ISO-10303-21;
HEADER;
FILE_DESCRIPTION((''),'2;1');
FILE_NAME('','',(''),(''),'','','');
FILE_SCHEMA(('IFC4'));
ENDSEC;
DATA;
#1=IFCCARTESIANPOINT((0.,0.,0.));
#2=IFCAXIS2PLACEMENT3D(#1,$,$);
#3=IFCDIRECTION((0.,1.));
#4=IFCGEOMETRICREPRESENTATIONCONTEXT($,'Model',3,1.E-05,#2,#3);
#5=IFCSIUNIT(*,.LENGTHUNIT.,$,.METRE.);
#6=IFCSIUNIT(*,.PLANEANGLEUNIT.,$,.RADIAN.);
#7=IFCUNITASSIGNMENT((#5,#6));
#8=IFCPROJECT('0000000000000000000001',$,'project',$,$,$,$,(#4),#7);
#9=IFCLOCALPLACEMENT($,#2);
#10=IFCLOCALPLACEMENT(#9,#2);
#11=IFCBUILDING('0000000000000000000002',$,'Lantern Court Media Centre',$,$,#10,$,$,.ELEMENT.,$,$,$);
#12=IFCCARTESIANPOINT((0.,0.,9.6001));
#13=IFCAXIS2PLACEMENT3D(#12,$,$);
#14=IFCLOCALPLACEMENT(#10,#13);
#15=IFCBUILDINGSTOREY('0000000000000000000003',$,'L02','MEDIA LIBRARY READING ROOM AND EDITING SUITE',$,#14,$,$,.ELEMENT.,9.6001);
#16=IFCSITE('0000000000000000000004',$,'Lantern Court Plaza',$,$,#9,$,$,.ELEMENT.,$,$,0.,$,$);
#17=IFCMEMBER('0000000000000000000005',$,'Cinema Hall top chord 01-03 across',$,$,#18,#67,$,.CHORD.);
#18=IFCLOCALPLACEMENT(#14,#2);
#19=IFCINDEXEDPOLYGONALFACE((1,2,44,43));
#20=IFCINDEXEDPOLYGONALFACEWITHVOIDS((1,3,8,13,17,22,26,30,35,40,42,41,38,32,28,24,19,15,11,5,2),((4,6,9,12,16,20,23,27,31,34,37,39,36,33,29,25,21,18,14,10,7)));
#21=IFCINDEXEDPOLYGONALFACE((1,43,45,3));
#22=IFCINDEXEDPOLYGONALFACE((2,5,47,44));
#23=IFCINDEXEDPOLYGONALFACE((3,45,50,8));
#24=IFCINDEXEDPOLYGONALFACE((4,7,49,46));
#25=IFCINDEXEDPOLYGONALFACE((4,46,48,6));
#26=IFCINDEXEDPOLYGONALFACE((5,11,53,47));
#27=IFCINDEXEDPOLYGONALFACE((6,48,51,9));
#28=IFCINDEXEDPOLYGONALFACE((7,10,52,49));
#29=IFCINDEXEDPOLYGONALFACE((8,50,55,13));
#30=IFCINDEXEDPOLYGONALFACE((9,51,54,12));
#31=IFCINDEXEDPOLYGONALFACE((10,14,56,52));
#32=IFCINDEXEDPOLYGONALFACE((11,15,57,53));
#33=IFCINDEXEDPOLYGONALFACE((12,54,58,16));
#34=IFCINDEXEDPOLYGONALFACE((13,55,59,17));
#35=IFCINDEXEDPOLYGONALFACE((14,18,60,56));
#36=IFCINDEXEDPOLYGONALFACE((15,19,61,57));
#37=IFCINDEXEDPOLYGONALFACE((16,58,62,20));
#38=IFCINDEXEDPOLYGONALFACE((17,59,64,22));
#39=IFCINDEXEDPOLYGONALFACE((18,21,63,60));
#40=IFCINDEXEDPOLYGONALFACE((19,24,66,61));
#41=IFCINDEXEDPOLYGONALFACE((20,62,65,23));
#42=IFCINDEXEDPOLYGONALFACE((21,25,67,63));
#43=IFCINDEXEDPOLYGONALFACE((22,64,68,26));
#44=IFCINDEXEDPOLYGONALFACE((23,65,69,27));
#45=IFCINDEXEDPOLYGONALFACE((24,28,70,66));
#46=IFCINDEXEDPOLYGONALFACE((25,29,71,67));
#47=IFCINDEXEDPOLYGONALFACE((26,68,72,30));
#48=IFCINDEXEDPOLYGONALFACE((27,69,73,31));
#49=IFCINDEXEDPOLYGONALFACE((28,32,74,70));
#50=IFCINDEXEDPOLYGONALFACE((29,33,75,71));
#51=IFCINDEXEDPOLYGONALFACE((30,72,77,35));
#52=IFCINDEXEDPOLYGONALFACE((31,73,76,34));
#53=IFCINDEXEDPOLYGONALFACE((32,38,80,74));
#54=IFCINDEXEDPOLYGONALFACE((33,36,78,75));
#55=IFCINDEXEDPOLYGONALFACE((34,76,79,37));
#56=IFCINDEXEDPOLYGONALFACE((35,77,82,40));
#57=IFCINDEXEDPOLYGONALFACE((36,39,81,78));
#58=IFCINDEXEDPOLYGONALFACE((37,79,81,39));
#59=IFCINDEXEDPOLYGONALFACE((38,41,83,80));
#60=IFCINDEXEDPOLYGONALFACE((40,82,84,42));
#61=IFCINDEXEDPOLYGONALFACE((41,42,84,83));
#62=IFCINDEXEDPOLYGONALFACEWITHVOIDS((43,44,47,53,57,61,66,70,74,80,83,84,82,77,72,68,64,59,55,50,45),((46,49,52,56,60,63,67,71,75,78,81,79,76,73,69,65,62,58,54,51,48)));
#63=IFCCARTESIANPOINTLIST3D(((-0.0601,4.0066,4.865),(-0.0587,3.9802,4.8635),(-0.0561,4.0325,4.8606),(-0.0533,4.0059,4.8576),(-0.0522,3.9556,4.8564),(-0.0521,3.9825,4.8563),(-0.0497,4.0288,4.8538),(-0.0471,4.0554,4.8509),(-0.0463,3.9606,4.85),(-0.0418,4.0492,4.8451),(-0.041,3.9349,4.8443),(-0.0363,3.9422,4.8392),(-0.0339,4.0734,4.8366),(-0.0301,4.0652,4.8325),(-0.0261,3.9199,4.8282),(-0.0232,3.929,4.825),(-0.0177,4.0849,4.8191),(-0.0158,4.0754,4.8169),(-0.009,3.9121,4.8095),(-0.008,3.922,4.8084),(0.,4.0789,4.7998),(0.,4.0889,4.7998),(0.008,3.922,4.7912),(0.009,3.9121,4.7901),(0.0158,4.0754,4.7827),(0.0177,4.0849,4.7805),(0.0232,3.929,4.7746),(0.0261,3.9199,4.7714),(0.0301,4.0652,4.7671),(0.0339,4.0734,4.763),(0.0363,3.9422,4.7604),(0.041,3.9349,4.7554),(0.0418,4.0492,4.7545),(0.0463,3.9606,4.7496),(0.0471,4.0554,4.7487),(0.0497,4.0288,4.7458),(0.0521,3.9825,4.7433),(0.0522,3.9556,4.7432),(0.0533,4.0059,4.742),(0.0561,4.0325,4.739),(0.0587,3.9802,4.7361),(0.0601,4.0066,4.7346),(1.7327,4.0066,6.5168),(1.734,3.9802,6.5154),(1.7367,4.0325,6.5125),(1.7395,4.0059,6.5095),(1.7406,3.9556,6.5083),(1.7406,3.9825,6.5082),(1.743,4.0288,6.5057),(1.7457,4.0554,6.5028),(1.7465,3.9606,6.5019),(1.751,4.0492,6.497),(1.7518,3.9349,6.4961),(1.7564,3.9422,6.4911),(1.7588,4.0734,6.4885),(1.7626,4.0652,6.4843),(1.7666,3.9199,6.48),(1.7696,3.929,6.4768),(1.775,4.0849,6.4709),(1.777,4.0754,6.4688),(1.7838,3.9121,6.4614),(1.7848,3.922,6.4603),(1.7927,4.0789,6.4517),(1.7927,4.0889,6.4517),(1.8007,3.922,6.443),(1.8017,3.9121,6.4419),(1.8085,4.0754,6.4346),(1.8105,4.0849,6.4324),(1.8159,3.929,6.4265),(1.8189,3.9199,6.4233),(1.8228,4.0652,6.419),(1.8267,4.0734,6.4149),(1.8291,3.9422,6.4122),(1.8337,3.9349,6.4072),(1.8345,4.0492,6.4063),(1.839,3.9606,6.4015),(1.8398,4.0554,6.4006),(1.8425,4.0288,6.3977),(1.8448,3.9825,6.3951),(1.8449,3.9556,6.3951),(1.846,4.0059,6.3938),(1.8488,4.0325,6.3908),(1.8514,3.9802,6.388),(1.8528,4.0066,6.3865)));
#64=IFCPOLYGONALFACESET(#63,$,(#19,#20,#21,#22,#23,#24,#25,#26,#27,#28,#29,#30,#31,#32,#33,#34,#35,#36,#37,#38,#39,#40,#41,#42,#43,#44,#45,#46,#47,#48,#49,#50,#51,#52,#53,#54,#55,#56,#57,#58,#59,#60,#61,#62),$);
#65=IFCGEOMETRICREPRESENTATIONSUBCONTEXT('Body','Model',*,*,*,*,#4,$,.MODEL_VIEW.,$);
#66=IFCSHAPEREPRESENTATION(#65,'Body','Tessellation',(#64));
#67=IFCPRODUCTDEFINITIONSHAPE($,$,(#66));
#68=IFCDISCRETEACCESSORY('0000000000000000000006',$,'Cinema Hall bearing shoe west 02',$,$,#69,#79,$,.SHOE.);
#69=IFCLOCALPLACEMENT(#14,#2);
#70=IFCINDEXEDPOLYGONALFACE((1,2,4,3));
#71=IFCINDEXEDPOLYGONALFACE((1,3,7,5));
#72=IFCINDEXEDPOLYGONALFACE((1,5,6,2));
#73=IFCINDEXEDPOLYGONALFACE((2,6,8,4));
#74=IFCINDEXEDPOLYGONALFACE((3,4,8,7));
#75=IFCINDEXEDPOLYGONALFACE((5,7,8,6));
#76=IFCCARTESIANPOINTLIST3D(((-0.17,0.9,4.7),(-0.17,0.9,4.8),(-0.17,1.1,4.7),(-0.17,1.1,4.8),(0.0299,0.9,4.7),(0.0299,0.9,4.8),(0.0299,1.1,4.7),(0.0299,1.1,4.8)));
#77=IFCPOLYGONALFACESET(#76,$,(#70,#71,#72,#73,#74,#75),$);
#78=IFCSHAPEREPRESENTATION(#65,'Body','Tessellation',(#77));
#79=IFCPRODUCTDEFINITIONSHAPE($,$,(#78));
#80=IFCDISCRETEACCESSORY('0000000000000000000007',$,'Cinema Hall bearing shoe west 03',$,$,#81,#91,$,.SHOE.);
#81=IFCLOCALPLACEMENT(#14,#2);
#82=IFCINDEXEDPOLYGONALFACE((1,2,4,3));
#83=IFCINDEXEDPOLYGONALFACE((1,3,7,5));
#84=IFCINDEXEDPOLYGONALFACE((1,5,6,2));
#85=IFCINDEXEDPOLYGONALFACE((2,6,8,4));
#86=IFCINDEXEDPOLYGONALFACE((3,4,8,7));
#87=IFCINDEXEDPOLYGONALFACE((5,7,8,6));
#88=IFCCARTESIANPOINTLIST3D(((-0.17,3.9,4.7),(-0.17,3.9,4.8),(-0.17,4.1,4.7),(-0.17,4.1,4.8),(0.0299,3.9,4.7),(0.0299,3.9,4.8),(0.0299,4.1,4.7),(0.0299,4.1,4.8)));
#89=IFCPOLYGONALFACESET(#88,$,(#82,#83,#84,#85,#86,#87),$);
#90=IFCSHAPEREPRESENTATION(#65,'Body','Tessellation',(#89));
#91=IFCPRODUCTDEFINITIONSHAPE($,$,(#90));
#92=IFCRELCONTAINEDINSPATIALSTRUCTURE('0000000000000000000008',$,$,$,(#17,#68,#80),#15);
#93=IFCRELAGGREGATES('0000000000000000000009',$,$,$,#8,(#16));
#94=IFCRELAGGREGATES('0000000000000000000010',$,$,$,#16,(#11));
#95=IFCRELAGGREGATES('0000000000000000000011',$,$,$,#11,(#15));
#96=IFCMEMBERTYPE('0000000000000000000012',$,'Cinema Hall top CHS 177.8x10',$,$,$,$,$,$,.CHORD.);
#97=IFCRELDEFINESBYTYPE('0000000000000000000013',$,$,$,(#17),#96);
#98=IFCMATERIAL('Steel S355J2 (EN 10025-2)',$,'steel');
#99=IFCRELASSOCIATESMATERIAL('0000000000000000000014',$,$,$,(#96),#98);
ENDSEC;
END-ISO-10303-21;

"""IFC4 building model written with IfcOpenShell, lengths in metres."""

from ifc_helpers import new_model, si_unit, direction, frame, origin, origin_2d, place, context, subcontext, project, spatial, rectangle, hollow_circle, extrude, material, material_profile, profile_set, type_object, element, save


model = new_model("IFC4")

# Units and contexts
model_context = context("Model", 3, precision=1e-05, world=origin(), true_north=direction((0.0, 1.0)))
body_context = subcontext(model_context, "Body", "Model", "MODEL_VIEW")
ifc_project = project(units=[si_unit("LENGTHUNIT", "METRE"), si_unit("PLANEANGLEUNIT", "RADIAN")], contexts=[model_context])

# Site, building, storey
site_placement = place(None, origin())
site = spatial("IfcSite", under=ifc_project, at=site_placement, Name="Lantern Court Plaza", CompositionType="ELEMENT", RefElevation=0.0)
building_placement = place(site_placement, origin())
building = spatial("IfcBuilding", under=site, at=building_placement, Name="Lantern Court Media Centre", CompositionType="ELEMENT")
storey_placement = place(building_placement, frame((0.0, 0.0, 9.6001)))
storey = spatial("IfcBuildingStorey", under=building, at=storey_placement, Name="L02", Description="MEDIA LIBRARY READING ROOM AND EDITING SUITE", CompositionType="ELEMENT", Elevation=9.6001)

# Shared definitions
ifc_material = material(Name="Steel S355J2 (EN 10025-2)", Category="steel")

# Member
ifc_material_profile_1 = material_profile(ifc_material, hollow_circle(Radius=0.0889, WallThickness=0.01, at=origin_2d()), Name="Cinema Hall top CHS 177.8x10")
ifc_profile_set_1 = profile_set([ifc_material_profile_1], Name="Steel S355J2 (EN 10025-2)")
member_type_1 = type_object("IfcMemberType", Name="Cinema Hall top CHS 177.8x10", PredefinedType="CHORD", material=ifc_profile_set_1)
for number, where, z_axis, x_axis, name in (
    (1, (0.0, 4.0, 4.7998), (0.73541, 0.0, 0.677623), (0.0, 1.0, 0.0), "Cinema Hall top chord 01-03 across"),
):
    element("IfcMember", number, at=place(storey_placement, frame(where, z_axis=z_axis, x_axis=x_axis)), inside=storey, type_object=member_type_1, Name=name, PredefinedType="CHORD", context=body_context, shape_type="SweptSolid", body=[
        extrude(hollow_circle(Radius=0.0889, WallThickness=0.01, at=origin_2d()), origin(), (0.0, 0.0, 1.0), 2.4377),
    ])

# Discrete accessories
for number, where, z_axis, x_axis, name in (
    (2, (-0.0701, 1.0, 4.7), (0.0, 0.0, 1.0), (1.0, 0.0, 0.0), "Cinema Hall bearing shoe west 02"),
    (3, (-0.0701, 4.0, 4.7), (0.0, 0.0, 1.0), (1.0, 0.0, 0.0), "Cinema Hall bearing shoe west 03"),
):
    element("IfcDiscreteAccessory", number, at=place(storey_placement, frame(where, z_axis=z_axis, x_axis=x_axis)), inside=storey, Name=name, PredefinedType="SHOE", context=body_context, shape_type="SweptSolid", body=[
        extrude(rectangle(XDim=0.2, YDim=0.2, at=origin_2d()), origin(), (0.0, 0.0, 1.0), 0.1001),
    ])

save(model, "model.ifc")
